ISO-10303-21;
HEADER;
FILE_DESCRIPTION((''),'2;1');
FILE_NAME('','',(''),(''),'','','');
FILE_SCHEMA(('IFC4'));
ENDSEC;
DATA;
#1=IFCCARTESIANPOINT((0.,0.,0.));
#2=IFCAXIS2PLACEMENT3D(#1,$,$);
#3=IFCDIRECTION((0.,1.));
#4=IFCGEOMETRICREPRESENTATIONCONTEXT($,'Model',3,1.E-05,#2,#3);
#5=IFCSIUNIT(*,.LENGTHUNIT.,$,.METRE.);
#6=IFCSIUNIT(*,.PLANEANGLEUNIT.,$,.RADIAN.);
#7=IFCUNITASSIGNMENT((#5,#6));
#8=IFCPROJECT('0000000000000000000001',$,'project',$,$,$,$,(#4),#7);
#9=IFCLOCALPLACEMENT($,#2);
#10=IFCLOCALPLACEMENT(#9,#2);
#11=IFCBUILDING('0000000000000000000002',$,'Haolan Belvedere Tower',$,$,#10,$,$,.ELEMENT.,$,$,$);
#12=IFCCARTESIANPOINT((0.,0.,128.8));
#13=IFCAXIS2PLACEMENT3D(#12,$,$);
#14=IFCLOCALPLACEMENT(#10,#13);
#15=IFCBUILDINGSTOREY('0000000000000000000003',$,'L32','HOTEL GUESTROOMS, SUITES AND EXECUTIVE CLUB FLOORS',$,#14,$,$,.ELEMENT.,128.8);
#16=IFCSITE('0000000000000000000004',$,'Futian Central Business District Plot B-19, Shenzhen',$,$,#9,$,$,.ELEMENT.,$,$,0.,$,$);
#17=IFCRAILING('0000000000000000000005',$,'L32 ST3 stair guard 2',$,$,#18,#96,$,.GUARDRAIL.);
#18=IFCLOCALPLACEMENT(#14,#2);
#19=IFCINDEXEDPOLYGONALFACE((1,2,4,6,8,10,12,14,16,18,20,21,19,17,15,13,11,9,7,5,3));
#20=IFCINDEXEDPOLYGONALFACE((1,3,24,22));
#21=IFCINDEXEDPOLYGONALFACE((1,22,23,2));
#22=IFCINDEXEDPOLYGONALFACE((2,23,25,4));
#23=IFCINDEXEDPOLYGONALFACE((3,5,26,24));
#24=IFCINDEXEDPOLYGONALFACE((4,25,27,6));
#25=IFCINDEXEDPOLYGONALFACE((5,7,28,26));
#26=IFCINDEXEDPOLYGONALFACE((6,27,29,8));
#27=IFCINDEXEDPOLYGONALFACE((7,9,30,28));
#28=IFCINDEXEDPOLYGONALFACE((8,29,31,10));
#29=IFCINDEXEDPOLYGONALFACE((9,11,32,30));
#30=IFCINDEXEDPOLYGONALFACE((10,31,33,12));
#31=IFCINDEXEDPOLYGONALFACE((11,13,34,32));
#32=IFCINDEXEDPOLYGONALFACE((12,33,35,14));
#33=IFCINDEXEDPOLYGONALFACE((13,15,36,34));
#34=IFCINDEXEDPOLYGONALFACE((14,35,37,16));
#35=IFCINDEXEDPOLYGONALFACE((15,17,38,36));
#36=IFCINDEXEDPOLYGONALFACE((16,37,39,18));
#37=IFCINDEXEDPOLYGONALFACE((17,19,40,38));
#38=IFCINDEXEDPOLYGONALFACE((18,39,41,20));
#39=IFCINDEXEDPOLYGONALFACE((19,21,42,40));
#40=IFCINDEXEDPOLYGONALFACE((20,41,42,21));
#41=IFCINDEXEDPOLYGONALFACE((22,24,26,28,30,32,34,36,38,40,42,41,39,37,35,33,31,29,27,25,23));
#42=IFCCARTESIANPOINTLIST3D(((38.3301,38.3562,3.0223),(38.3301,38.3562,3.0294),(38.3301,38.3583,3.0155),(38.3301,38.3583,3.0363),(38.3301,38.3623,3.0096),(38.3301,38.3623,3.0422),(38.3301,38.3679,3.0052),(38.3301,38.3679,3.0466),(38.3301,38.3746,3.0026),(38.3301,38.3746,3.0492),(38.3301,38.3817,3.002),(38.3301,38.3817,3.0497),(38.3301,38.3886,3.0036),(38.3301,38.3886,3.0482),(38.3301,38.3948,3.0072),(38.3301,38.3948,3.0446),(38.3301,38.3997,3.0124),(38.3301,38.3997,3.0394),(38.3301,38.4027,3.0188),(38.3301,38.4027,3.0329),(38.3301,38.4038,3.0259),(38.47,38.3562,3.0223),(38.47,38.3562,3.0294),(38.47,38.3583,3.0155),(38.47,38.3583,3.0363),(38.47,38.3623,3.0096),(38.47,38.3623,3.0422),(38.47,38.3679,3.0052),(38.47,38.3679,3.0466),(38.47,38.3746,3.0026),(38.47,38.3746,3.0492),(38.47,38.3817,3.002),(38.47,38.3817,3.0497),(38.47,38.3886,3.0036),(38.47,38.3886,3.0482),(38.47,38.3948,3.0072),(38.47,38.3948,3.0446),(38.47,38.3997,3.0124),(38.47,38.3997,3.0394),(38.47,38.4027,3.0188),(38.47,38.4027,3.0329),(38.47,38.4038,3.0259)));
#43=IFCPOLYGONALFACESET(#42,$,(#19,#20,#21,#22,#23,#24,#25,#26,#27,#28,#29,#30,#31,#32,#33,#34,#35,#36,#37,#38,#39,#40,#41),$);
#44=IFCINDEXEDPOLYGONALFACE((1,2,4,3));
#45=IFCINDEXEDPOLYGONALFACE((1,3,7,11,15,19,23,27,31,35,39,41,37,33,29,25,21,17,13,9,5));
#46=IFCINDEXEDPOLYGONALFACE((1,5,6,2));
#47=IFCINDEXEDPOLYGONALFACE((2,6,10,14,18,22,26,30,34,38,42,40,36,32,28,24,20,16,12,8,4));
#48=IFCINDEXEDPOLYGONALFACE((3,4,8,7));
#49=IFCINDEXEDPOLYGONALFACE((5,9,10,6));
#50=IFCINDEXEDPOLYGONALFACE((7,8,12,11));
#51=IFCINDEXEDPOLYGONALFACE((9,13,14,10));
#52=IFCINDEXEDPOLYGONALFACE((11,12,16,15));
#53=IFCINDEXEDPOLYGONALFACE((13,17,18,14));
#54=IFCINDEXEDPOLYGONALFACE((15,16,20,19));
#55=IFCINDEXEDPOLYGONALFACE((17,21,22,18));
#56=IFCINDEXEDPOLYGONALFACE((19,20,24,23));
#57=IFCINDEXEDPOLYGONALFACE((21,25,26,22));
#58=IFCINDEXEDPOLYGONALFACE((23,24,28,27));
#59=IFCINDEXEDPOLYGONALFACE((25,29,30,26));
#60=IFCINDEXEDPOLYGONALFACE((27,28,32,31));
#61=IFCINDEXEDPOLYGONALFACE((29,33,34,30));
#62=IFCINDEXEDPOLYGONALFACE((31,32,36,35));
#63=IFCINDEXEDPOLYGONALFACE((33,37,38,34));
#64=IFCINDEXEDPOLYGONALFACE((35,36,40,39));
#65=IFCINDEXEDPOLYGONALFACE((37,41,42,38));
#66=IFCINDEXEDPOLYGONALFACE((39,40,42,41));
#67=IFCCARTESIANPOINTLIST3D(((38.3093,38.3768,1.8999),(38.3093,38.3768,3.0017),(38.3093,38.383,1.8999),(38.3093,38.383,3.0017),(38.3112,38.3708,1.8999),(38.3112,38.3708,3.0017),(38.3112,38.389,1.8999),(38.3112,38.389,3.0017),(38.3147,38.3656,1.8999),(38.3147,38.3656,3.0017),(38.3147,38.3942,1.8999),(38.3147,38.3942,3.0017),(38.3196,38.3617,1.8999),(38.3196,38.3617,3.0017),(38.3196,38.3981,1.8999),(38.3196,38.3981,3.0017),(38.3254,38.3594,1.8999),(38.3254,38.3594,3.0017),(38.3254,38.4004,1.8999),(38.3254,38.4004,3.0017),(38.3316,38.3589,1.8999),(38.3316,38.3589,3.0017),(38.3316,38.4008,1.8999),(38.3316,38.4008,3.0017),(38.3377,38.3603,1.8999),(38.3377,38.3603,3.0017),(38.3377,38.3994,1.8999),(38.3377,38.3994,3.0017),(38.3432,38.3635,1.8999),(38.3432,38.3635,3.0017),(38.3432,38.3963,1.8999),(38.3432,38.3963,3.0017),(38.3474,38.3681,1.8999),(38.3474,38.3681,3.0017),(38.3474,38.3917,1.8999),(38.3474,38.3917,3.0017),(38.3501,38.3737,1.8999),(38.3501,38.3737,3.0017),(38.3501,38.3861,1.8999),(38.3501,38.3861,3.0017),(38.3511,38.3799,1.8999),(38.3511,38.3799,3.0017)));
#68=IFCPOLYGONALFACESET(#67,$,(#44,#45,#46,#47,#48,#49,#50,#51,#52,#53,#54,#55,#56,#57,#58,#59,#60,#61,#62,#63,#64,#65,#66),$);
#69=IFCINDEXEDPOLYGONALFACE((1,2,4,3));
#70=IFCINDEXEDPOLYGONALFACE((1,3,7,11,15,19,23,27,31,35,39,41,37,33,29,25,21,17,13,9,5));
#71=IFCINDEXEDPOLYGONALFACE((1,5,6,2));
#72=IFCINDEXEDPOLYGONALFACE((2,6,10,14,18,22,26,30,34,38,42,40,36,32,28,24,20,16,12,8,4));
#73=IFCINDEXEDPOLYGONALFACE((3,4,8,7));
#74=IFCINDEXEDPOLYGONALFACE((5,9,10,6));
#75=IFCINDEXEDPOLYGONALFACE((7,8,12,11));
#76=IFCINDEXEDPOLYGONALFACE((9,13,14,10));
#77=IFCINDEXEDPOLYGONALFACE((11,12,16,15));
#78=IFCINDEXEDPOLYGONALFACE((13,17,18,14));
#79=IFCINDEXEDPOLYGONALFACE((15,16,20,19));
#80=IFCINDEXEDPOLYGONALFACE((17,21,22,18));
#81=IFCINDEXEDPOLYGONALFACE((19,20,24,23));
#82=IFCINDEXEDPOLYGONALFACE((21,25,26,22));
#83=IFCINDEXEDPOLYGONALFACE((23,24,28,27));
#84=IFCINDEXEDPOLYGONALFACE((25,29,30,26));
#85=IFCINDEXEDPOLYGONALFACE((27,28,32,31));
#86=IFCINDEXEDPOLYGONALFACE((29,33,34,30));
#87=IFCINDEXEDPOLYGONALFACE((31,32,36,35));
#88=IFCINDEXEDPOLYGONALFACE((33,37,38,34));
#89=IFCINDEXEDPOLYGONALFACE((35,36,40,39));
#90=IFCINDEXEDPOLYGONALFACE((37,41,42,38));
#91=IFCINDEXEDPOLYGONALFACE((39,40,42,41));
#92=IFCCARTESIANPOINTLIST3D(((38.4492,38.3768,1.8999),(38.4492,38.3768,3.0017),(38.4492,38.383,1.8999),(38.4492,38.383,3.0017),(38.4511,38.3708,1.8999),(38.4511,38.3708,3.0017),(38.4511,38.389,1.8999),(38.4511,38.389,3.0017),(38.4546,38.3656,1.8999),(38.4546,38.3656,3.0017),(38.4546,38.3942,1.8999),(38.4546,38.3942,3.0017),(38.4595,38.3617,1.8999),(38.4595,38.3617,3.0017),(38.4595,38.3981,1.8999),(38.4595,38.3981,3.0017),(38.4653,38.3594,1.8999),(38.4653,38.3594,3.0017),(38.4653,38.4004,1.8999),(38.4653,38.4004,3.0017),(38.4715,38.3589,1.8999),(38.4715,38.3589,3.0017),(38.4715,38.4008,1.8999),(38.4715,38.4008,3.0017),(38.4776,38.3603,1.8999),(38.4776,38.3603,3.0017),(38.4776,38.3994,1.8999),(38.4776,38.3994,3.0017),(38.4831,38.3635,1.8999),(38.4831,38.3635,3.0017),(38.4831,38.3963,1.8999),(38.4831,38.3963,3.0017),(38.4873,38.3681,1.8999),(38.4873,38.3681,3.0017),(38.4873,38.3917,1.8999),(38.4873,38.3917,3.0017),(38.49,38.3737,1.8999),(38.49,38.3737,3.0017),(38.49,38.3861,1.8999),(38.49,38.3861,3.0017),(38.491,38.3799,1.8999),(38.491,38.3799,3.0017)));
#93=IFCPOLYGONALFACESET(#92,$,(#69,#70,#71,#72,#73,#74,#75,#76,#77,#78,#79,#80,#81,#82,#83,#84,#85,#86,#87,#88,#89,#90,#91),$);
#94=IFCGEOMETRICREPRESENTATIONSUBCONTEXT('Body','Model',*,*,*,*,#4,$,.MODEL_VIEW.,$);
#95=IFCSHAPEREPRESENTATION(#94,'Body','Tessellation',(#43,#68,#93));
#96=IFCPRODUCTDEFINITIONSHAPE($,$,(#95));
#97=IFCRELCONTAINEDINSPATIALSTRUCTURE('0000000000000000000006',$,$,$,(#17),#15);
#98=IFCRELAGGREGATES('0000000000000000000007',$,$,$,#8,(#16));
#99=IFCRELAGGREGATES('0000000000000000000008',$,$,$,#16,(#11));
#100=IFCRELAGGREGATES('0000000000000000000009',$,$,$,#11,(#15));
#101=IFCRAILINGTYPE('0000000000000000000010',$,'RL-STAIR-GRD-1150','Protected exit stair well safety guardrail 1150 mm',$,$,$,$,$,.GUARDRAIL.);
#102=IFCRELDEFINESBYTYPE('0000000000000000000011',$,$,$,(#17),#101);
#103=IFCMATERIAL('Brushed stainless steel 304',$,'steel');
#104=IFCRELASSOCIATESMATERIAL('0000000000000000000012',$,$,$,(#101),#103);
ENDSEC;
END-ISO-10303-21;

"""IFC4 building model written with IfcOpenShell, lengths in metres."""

from ifc_helpers import new_model, si_unit, direction, frame, origin, origin_2d, place, context, subcontext, project, spatial, circle, extrude, material, type_object, element, save


model = new_model("IFC4")

# Units and contexts
model_context = context("Model", 3, precision=1e-05, world=origin(), true_north=direction((0.0, 1.0)))
body_context = subcontext(model_context, "Body", "Model", "MODEL_VIEW")
ifc_project = project(units=[si_unit("LENGTHUNIT", "METRE"), si_unit("PLANEANGLEUNIT", "RADIAN")], contexts=[model_context])

# Site, building, storey
site_placement = place(None, origin())
site = spatial("IfcSite", under=ifc_project, at=site_placement, Name="Futian Central Business District Plot B-19, Shenzhen", CompositionType="ELEMENT", RefElevation=0.0)
building_placement = place(site_placement, origin())
building = spatial("IfcBuilding", under=site, at=building_placement, Name="Haolan Belvedere Tower", CompositionType="ELEMENT")
storey_placement = place(building_placement, frame((0.0, 0.0, 128.8)))
storey = spatial("IfcBuildingStorey", under=building, at=storey_placement, Name="L32", Description="HOTEL GUESTROOMS, SUITES AND EXECUTIVE CLUB FLOORS", CompositionType="ELEMENT", Elevation=128.8)

# Railing
ifc_material_1 = material(Name="Brushed stainless steel 304", Category="steel")
railing_type_1 = type_object("IfcRailingType", Name="RL-STAIR-GRD-1150", Description="Protected exit stair well safety guardrail 1150 mm", PredefinedType="GUARDRAIL", material=ifc_material_1)
railing_1_placement = place(storey_placement, frame((38.3301, 38.3799, 1.8999)))
element("IfcRailing", 1, at=railing_1_placement, inside=storey, type_object=railing_type_1, Name="L32 ST3 stair guard 2", PredefinedType="GUARDRAIL", context=body_context, shape_type="SweptSolid", body=[
    extrude(circle(Radius=0.0239, at=origin_2d()), frame((0.0, 0.0, 1.126), z_axis=(1.0, 0.0, 0.0), x_axis=(0.0, 1.0, 0.0)), (0.0, 0.0, 1.0), 0.1399),
    extrude(circle(Radius=0.021, at=origin_2d()), origin(), (0.0, 0.0, 1.0), 1.1018),
    extrude(circle(Radius=0.021, at=origin_2d()), frame((0.1399, 0.0, 0.0)), (0.0, 0.0, 1.0), 1.1018),
])

save(model, "model.ifc")
